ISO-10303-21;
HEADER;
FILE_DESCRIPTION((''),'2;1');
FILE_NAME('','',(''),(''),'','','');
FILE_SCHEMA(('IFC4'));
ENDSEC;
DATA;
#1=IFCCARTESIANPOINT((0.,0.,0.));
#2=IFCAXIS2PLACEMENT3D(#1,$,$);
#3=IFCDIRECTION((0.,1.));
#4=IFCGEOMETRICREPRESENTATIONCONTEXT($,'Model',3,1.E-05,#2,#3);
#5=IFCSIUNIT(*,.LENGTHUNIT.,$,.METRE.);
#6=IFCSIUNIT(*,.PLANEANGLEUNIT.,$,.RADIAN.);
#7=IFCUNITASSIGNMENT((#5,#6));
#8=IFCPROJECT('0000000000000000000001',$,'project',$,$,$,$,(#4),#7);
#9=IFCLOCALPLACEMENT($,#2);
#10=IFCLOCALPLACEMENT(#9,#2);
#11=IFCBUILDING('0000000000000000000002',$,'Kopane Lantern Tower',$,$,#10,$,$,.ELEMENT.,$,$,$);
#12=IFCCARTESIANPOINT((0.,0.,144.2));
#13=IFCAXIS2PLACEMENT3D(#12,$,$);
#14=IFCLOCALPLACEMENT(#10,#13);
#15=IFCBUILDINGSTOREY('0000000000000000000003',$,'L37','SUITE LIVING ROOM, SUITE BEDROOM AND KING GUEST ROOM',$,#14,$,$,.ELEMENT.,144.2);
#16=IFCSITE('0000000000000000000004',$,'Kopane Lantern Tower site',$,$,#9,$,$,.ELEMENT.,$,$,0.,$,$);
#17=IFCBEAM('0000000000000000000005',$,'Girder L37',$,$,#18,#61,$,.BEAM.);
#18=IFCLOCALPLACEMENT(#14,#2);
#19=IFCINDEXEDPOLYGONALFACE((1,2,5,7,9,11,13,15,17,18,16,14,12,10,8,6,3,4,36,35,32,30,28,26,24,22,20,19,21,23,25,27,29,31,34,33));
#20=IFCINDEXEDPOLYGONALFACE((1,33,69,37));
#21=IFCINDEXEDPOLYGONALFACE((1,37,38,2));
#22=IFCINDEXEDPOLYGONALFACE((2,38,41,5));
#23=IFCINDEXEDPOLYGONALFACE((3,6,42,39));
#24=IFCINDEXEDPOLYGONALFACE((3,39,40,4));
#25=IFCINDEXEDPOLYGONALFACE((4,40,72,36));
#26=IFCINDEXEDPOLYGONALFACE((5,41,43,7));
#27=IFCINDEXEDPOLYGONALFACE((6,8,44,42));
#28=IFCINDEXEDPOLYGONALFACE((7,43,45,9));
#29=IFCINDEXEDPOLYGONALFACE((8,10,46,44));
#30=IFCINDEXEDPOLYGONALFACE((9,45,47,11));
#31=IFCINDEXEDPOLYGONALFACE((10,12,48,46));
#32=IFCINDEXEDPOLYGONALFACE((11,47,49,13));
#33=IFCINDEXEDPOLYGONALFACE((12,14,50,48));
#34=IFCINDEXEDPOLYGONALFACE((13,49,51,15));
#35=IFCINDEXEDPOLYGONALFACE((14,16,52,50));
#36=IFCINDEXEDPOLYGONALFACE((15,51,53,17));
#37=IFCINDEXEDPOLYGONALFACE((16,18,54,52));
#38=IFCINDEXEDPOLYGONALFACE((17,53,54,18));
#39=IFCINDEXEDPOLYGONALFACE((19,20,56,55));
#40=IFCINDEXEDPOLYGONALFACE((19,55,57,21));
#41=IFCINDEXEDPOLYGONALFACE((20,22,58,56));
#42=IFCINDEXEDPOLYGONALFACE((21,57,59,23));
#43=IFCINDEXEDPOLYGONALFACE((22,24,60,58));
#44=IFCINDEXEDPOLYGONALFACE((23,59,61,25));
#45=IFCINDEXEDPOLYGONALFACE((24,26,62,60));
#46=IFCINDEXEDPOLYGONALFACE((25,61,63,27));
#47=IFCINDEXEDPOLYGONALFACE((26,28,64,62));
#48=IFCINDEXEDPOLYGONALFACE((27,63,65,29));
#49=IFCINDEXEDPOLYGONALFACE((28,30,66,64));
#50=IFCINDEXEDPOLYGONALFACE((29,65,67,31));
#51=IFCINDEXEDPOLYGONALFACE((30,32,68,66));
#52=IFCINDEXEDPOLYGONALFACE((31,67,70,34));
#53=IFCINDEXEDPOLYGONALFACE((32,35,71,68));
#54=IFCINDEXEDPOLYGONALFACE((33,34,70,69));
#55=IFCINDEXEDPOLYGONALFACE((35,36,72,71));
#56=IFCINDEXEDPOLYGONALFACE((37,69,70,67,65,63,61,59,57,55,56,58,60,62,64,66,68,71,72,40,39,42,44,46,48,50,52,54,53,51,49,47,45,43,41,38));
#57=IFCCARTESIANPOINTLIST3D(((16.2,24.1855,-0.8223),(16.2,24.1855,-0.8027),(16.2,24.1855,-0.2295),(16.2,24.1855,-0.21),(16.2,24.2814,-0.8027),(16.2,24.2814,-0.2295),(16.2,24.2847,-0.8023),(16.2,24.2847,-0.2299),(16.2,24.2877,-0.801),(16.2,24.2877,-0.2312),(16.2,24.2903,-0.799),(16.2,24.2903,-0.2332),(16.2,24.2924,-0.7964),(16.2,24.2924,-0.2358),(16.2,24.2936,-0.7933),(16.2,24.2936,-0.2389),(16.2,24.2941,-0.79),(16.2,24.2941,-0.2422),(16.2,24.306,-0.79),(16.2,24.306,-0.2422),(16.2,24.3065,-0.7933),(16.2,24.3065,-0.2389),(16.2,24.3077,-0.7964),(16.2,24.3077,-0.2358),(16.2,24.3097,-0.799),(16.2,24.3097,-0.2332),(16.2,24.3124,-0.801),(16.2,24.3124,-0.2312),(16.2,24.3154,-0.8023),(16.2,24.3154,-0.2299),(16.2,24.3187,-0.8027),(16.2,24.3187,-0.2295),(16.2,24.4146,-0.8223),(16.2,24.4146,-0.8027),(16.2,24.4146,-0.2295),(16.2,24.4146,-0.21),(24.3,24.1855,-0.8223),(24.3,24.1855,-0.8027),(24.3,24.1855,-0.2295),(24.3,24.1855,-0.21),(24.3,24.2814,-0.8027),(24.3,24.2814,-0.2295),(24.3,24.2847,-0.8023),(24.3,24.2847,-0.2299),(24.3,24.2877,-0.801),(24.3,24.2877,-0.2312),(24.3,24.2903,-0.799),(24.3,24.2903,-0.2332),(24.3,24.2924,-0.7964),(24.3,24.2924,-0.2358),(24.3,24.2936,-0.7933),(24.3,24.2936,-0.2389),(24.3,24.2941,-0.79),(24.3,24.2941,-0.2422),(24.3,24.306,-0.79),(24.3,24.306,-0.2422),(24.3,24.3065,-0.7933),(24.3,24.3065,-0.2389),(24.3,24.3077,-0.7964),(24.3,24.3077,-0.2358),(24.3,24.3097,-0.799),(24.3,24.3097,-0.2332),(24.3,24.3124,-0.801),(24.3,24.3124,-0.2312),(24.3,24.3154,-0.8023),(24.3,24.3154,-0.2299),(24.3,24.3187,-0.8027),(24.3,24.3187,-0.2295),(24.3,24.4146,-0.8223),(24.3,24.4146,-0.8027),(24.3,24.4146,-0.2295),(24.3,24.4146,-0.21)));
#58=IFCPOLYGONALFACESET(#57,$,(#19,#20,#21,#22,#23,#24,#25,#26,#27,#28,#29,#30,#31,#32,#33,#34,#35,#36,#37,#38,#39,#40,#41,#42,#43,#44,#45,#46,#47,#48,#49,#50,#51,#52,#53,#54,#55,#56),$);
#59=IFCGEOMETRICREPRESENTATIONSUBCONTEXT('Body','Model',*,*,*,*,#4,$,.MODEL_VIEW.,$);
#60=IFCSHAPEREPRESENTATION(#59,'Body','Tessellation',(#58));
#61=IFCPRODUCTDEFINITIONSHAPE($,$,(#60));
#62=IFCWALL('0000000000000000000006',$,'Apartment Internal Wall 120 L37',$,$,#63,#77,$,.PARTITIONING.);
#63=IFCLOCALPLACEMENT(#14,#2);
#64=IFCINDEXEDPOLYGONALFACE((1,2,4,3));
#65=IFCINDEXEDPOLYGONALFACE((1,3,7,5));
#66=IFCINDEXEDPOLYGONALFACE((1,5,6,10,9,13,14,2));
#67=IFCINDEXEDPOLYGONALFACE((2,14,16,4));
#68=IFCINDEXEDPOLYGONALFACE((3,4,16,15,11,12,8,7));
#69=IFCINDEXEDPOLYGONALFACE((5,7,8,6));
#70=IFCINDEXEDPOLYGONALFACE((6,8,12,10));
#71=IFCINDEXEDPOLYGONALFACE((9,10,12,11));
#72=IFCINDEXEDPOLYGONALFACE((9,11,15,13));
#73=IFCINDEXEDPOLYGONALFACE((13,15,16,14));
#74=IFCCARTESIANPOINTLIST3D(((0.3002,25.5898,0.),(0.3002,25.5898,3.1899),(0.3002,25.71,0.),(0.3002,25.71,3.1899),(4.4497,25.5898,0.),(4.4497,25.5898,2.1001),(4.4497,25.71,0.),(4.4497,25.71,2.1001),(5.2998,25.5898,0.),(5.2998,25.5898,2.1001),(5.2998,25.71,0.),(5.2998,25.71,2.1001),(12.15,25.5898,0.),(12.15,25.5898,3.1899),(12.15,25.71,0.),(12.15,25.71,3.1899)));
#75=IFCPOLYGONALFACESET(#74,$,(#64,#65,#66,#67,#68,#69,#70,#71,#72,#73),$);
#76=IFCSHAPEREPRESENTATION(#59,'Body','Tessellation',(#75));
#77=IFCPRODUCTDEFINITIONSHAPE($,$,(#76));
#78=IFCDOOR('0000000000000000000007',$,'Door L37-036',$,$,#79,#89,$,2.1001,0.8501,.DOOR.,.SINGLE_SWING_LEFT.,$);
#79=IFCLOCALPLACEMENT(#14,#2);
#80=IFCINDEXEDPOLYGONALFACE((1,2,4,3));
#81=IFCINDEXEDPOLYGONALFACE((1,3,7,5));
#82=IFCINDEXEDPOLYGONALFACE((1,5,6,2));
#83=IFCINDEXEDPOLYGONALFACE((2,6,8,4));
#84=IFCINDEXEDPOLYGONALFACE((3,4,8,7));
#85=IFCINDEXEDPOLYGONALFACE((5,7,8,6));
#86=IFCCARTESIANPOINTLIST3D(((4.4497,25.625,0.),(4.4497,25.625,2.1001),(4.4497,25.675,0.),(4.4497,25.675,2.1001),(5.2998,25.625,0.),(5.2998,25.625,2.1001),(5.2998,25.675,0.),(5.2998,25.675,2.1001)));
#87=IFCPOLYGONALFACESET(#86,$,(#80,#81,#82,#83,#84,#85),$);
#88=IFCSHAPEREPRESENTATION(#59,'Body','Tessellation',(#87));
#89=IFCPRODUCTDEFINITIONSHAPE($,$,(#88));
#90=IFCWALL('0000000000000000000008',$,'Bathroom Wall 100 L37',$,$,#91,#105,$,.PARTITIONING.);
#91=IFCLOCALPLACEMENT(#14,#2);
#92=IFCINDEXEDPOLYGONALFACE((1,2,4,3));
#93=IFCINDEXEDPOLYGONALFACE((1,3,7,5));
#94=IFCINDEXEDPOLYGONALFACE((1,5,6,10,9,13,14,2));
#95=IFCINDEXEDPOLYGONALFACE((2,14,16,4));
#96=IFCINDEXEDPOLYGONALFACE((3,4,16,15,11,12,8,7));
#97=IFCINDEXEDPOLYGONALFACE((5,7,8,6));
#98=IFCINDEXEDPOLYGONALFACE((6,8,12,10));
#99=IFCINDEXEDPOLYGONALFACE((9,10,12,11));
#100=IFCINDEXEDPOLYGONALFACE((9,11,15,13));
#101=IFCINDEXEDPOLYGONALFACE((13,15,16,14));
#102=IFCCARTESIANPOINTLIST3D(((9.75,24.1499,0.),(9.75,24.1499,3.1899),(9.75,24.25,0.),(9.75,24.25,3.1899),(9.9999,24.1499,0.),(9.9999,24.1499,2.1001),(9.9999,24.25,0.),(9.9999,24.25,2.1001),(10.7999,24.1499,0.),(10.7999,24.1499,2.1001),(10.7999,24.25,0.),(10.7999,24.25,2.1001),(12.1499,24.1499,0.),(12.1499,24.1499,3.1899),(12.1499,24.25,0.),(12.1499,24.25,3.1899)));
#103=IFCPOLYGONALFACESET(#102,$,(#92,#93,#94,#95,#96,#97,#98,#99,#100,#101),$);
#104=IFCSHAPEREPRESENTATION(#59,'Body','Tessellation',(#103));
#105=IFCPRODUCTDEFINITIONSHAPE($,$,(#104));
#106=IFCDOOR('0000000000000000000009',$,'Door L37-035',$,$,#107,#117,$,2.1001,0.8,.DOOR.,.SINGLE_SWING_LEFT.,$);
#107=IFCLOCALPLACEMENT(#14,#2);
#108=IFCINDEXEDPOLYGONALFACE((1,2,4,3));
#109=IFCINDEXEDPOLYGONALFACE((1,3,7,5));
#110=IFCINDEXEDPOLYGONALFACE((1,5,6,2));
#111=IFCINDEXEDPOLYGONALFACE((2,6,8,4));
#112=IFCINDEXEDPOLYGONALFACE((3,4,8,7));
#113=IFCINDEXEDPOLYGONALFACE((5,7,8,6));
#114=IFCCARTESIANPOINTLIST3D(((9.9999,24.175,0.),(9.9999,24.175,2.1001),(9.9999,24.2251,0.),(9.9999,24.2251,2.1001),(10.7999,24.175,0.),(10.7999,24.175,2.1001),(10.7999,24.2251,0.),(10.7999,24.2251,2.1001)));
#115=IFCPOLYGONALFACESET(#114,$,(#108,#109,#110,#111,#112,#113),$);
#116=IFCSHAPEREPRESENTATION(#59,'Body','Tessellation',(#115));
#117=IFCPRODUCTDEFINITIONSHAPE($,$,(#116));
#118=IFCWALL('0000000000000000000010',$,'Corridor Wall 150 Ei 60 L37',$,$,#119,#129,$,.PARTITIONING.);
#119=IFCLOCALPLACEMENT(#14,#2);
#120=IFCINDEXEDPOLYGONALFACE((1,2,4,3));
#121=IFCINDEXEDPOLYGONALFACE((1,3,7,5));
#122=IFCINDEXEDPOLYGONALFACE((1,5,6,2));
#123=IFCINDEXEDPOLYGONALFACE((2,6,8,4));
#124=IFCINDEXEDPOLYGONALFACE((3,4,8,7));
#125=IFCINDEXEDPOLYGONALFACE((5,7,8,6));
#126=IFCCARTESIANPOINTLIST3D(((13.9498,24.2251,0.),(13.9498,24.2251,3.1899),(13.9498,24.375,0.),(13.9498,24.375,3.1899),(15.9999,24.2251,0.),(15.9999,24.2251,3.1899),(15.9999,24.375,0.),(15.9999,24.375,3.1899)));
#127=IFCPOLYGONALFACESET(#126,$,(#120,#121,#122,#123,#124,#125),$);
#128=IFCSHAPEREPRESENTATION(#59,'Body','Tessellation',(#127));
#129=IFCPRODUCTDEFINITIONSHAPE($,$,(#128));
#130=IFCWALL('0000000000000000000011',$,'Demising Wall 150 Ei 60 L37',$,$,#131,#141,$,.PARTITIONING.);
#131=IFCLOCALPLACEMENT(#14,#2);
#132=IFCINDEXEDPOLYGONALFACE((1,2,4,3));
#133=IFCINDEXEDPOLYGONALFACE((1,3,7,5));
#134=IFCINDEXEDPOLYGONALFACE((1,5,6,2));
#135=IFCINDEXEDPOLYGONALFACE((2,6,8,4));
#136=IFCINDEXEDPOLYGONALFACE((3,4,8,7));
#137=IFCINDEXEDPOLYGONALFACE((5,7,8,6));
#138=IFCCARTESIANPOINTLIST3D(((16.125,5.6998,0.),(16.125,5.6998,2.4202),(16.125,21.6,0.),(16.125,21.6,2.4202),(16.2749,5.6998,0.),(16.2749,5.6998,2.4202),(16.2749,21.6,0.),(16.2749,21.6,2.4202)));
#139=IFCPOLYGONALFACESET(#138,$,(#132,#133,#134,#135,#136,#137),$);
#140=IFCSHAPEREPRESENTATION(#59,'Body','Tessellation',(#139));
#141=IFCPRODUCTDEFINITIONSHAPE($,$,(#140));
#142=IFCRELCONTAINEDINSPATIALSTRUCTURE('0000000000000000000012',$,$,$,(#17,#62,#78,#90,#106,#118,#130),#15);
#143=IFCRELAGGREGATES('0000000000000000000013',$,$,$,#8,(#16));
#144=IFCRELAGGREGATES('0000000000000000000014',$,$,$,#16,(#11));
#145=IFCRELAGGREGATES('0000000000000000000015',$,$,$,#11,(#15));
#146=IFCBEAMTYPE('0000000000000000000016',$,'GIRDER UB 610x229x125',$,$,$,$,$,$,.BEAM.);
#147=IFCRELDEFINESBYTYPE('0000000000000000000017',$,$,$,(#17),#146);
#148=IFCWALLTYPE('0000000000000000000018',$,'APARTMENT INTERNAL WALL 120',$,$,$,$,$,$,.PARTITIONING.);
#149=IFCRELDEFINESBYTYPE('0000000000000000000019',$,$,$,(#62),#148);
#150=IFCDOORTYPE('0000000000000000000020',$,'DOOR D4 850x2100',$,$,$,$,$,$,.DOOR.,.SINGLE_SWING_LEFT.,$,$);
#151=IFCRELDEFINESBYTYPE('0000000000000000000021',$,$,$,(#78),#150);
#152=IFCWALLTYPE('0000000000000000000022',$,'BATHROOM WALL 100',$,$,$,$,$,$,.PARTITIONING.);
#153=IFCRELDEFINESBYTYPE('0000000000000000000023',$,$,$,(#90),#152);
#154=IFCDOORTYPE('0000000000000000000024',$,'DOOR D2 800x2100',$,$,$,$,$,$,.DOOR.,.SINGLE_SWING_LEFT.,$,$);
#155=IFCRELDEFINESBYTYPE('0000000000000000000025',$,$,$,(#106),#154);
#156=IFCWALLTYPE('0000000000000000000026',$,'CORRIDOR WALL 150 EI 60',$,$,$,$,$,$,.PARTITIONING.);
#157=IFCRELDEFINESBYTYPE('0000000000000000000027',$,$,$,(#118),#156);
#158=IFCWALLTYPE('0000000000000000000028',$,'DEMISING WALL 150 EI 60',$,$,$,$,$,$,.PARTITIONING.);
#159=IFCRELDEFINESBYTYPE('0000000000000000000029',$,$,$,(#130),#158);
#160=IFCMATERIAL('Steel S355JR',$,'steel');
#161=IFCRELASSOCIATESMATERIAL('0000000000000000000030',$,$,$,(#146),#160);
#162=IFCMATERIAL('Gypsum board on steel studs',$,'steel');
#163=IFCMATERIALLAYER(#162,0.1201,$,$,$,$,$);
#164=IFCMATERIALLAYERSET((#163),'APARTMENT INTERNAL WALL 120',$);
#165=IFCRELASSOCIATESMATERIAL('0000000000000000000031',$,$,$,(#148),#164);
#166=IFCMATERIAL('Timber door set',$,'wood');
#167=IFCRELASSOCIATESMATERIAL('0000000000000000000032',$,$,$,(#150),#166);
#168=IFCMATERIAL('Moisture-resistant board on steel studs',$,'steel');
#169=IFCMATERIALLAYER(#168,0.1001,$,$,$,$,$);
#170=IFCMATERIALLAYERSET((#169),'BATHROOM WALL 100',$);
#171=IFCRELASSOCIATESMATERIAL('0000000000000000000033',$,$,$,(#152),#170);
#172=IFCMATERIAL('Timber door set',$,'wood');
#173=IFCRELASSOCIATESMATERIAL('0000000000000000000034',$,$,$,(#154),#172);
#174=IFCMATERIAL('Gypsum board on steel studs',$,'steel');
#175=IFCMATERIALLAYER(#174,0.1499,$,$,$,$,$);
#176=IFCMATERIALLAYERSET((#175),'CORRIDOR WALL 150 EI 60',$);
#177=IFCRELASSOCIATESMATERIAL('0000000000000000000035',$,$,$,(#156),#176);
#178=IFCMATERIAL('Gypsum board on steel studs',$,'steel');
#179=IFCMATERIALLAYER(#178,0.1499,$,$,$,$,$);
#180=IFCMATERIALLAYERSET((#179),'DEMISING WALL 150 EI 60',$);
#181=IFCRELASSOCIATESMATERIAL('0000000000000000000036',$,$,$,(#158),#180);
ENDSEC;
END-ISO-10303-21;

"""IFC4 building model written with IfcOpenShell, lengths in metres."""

from ifc_helpers import new_model, si_unit, direction, frame, frame_2d, origin, origin_2d, place, context, subcontext, project, spatial, rectangle, i_section, extrude, material, layer, layer_set, material_profile, profile_set, type_object, element, fill, save


model = new_model("IFC4")

# Units and contexts
model_context = context("Model", 3, precision=1e-05, world=origin(), true_north=direction((0.0, 1.0)))
body_context = subcontext(model_context, "Body", "Model", "MODEL_VIEW")
ifc_project = project(units=[si_unit("LENGTHUNIT", "METRE"), si_unit("PLANEANGLEUNIT", "RADIAN")], contexts=[model_context])

# Site, building, storey
site_placement = place(None, origin())
site = spatial("IfcSite", under=ifc_project, at=site_placement, Name="Kopane Lantern Tower site", CompositionType="ELEMENT", RefElevation=0.0)
building_placement = place(site_placement, origin())
building = spatial("IfcBuilding", under=site, at=building_placement, Name="Kopane Lantern Tower", CompositionType="ELEMENT")
storey_placement = place(building_placement, frame((0.0, 0.0, 144.2)))
storey = spatial("IfcBuildingStorey", under=building, at=storey_placement, Name="L37", Description="SUITE LIVING ROOM, SUITE BEDROOM AND KING GUEST ROOM", CompositionType="ELEMENT", Elevation=144.2)

# Beam
ifc_material_1 = material(Name="Steel S355JR", Category="steel")
ifc_material_profile_1 = material_profile(ifc_material_1, i_section(OverallWidth=0.229, OverallDepth=0.6123, WebThickness=0.012, FlangeThickness=0.0195, FilletRadius=0.0127, at=origin_2d()), Name="UB 610x229x125")
ifc_profile_set_1 = profile_set([ifc_material_profile_1], Name="Steel S355JR")
beam_type_1 = type_object("IfcBeamType", Name="GIRDER UB 610x229x125", PredefinedType="BEAM", material=ifc_profile_set_1)
beam_1_placement = place(storey_placement, frame((16.2, 24.3, -0.5161), z_axis=(1.0, 0.0, 0.0), x_axis=(0.0, 1.0, 0.0)))
element("IfcBeam", 1, at=beam_1_placement, inside=storey, type_object=beam_type_1, Name="Girder L37", PredefinedType="BEAM", context=body_context, shape_type="SweptSolid", body=[
    extrude(i_section(OverallWidth=0.229, OverallDepth=0.6123, WebThickness=0.012, FlangeThickness=0.0195, FilletRadius=0.0127, at=origin_2d()), origin(), (0.0, 0.0, 1.0), 8.1001),
])

# Walls, openings, doors
ifc_material_2 = material(Name="Gypsum board on steel studs", Category="steel")
ifc_layer_1 = layer(ifc_material_2, 0.1201)
ifc_layer_set_1 = layer_set([ifc_layer_1], Name="APARTMENT INTERNAL WALL 120")
wall_type_1 = type_object("IfcWallType", Name="APARTMENT INTERNAL WALL 120", PredefinedType="PARTITIONING", material=ifc_layer_set_1)
wall_1_placement = place(storey_placement, frame((12.1499, 25.6499, 0.0), z_axis=(0.0, 0.0, 1.0), x_axis=(-1.0, 0.0, 0.0)))
wall_1 = element("IfcWall", 2, at=wall_1_placement, inside=storey, type_object=wall_type_1, Name="Apartment Internal Wall 120 L37", PredefinedType="PARTITIONING", context=body_context, shape_type="SweptSolid", body=[
    extrude(rectangle(XDim=11.8499, YDim=0.1201, at=frame_2d((5.9248, 0.0))), origin(), (0.0, 0.0, 1.0), 3.1899),
])
opening_1_placement = place(wall_1_placement, frame((6.8501, 0.0, 0.0)))
opening_1 = element("IfcOpeningElement", 3, at=opening_1_placement, cuts=wall_1, PredefinedType="OPENING", context=body_context, shape_type="SweptSolid", body=[
    extrude(rectangle(XDim=0.8501, YDim=2.1001, at=frame_2d((0.425, 1.05))), frame((0.0, 0.0701, 0.0), z_axis=(0.0, -1.0, 0.0), x_axis=(1.0, 0.0, 0.0)), (0.0, 0.0, 1.0), 0.1401),
])
ifc_material_3 = material(Name="Timber door set", Category="wood")
door_type_1 = type_object("IfcDoorType", Name="DOOR D4 850x2100", OperationType="SINGLE_SWING_LEFT", PredefinedType="DOOR", material=ifc_material_3)
door_1_placement = place(opening_1_placement, origin())
door_1 = element("IfcDoor", 4, at=door_1_placement, inside=storey, type_object=door_type_1, Name="Door L37-036", OperationType="SINGLE_SWING_LEFT", OverallHeight=2.1001, OverallWidth=0.8501, PredefinedType="DOOR", context=body_context, shape_type="SweptSolid", body=[
    extrude(rectangle(XDim=0.8501, YDim=2.1001, at=frame_2d((0.425, 1.05))), frame((0.0, 0.0249, 0.0), z_axis=(0.0, -1.0, 0.0), x_axis=(1.0, 0.0, 0.0)), (0.0, 0.0, 1.0), 0.05),
])
fill(opening_1, door_1)
ifc_material_4 = material(Name="Moisture-resistant board on steel studs", Category="steel")
ifc_layer_2 = layer(ifc_material_4, 0.1001)
ifc_layer_set_2 = layer_set([ifc_layer_2], Name="BATHROOM WALL 100")
wall_type_2 = type_object("IfcWallType", Name="BATHROOM WALL 100", PredefinedType="PARTITIONING", material=ifc_layer_set_2)
wall_2_placement = place(storey_placement, frame((12.1499, 24.2, 0.0), z_axis=(0.0, 0.0, 1.0), x_axis=(-1.0, 0.0, 0.0)))
wall_2 = element("IfcWall", 5, at=wall_2_placement, inside=storey, type_object=wall_type_2, Name="Bathroom Wall 100 L37", PredefinedType="PARTITIONING", context=body_context, shape_type="SweptSolid", body=[
    extrude(rectangle(XDim=2.3999, YDim=0.1001, at=frame_2d((1.2, 0.0))), origin(), (0.0, 0.0, 1.0), 3.1899),
])
opening_2_placement = place(wall_2_placement, frame((1.3501, 0.0, 0.0)))
opening_2 = element("IfcOpeningElement", 6, at=opening_2_placement, cuts=wall_2, PredefinedType="OPENING", context=body_context, shape_type="SweptSolid", body=[
    extrude(rectangle(XDim=0.8, YDim=2.1001, at=frame_2d((0.3999, 1.05))), frame((0.0, 0.0601, 0.0), z_axis=(0.0, -1.0, 0.0), x_axis=(1.0, 0.0, 0.0)), (0.0, 0.0, 1.0), 0.1201),
])
ifc_material_5 = material(Name="Timber door set", Category="wood")
door_type_2 = type_object("IfcDoorType", Name="DOOR D2 800x2100", OperationType="SINGLE_SWING_LEFT", PredefinedType="DOOR", material=ifc_material_5)
door_2_placement = place(opening_2_placement, origin())
door_2 = element("IfcDoor", 7, at=door_2_placement, inside=storey, type_object=door_type_2, Name="Door L37-035", OperationType="SINGLE_SWING_LEFT", OverallHeight=2.1001, OverallWidth=0.8, PredefinedType="DOOR", context=body_context, shape_type="SweptSolid", body=[
    extrude(rectangle(XDim=0.8, YDim=2.1001, at=frame_2d((0.3999, 1.05))), frame((0.0, 0.0249, 0.0), z_axis=(0.0, -1.0, 0.0), x_axis=(1.0, 0.0, 0.0)), (0.0, 0.0, 1.0), 0.05),
])
fill(opening_2, door_2)

# Walls
ifc_material_6 = material(Name="Gypsum board on steel studs", Category="steel")
ifc_layer_3 = layer(ifc_material_6, 0.1499)
ifc_layer_set_3 = layer_set([ifc_layer_3], Name="CORRIDOR WALL 150 EI 60")
wall_type_3 = type_object("IfcWallType", Name="CORRIDOR WALL 150 EI 60", PredefinedType="PARTITIONING", material=ifc_layer_set_3)
wall_3_placement = place(storey_placement, frame((13.95, 24.3, 0.0), z_axis=(0.0, 0.0, 1.0), x_axis=(1.0, 0.0, 0.0)))
element("IfcWall", 8, at=wall_3_placement, inside=storey, type_object=wall_type_3, Name="Corridor Wall 150 Ei 60 L37", PredefinedType="PARTITIONING", context=body_context, shape_type="SweptSolid", body=[
    extrude(rectangle(XDim=2.05, YDim=0.1499, at=frame_2d((1.0249, 0.0))), origin(), (0.0, 0.0, 1.0), 3.1899),
])
ifc_material_7 = material(Name="Gypsum board on steel studs", Category="steel")
ifc_layer_4 = layer(ifc_material_7, 0.1499)
ifc_layer_set_4 = layer_set([ifc_layer_4], Name="DEMISING WALL 150 EI 60")
wall_type_4 = type_object("IfcWallType", Name="DEMISING WALL 150 EI 60", PredefinedType="PARTITIONING", material=ifc_layer_set_4)
wall_4_placement = place(storey_placement, frame((16.2, 21.6001, 0.0), z_axis=(0.0, 0.0, 1.0), x_axis=(0.0, -1.0, 0.0)))
element("IfcWall", 9, at=wall_4_placement, inside=storey, type_object=wall_type_4, Name="Demising Wall 150 Ei 60 L37", PredefinedType="PARTITIONING", context=body_context, shape_type="SweptSolid", body=[
    extrude(rectangle(XDim=15.9001, YDim=0.1499, at=frame_2d((7.9502, 0.0))), origin(), (0.0, 0.0, 1.0), 2.4202),
])

save(model, "model.ifc")
